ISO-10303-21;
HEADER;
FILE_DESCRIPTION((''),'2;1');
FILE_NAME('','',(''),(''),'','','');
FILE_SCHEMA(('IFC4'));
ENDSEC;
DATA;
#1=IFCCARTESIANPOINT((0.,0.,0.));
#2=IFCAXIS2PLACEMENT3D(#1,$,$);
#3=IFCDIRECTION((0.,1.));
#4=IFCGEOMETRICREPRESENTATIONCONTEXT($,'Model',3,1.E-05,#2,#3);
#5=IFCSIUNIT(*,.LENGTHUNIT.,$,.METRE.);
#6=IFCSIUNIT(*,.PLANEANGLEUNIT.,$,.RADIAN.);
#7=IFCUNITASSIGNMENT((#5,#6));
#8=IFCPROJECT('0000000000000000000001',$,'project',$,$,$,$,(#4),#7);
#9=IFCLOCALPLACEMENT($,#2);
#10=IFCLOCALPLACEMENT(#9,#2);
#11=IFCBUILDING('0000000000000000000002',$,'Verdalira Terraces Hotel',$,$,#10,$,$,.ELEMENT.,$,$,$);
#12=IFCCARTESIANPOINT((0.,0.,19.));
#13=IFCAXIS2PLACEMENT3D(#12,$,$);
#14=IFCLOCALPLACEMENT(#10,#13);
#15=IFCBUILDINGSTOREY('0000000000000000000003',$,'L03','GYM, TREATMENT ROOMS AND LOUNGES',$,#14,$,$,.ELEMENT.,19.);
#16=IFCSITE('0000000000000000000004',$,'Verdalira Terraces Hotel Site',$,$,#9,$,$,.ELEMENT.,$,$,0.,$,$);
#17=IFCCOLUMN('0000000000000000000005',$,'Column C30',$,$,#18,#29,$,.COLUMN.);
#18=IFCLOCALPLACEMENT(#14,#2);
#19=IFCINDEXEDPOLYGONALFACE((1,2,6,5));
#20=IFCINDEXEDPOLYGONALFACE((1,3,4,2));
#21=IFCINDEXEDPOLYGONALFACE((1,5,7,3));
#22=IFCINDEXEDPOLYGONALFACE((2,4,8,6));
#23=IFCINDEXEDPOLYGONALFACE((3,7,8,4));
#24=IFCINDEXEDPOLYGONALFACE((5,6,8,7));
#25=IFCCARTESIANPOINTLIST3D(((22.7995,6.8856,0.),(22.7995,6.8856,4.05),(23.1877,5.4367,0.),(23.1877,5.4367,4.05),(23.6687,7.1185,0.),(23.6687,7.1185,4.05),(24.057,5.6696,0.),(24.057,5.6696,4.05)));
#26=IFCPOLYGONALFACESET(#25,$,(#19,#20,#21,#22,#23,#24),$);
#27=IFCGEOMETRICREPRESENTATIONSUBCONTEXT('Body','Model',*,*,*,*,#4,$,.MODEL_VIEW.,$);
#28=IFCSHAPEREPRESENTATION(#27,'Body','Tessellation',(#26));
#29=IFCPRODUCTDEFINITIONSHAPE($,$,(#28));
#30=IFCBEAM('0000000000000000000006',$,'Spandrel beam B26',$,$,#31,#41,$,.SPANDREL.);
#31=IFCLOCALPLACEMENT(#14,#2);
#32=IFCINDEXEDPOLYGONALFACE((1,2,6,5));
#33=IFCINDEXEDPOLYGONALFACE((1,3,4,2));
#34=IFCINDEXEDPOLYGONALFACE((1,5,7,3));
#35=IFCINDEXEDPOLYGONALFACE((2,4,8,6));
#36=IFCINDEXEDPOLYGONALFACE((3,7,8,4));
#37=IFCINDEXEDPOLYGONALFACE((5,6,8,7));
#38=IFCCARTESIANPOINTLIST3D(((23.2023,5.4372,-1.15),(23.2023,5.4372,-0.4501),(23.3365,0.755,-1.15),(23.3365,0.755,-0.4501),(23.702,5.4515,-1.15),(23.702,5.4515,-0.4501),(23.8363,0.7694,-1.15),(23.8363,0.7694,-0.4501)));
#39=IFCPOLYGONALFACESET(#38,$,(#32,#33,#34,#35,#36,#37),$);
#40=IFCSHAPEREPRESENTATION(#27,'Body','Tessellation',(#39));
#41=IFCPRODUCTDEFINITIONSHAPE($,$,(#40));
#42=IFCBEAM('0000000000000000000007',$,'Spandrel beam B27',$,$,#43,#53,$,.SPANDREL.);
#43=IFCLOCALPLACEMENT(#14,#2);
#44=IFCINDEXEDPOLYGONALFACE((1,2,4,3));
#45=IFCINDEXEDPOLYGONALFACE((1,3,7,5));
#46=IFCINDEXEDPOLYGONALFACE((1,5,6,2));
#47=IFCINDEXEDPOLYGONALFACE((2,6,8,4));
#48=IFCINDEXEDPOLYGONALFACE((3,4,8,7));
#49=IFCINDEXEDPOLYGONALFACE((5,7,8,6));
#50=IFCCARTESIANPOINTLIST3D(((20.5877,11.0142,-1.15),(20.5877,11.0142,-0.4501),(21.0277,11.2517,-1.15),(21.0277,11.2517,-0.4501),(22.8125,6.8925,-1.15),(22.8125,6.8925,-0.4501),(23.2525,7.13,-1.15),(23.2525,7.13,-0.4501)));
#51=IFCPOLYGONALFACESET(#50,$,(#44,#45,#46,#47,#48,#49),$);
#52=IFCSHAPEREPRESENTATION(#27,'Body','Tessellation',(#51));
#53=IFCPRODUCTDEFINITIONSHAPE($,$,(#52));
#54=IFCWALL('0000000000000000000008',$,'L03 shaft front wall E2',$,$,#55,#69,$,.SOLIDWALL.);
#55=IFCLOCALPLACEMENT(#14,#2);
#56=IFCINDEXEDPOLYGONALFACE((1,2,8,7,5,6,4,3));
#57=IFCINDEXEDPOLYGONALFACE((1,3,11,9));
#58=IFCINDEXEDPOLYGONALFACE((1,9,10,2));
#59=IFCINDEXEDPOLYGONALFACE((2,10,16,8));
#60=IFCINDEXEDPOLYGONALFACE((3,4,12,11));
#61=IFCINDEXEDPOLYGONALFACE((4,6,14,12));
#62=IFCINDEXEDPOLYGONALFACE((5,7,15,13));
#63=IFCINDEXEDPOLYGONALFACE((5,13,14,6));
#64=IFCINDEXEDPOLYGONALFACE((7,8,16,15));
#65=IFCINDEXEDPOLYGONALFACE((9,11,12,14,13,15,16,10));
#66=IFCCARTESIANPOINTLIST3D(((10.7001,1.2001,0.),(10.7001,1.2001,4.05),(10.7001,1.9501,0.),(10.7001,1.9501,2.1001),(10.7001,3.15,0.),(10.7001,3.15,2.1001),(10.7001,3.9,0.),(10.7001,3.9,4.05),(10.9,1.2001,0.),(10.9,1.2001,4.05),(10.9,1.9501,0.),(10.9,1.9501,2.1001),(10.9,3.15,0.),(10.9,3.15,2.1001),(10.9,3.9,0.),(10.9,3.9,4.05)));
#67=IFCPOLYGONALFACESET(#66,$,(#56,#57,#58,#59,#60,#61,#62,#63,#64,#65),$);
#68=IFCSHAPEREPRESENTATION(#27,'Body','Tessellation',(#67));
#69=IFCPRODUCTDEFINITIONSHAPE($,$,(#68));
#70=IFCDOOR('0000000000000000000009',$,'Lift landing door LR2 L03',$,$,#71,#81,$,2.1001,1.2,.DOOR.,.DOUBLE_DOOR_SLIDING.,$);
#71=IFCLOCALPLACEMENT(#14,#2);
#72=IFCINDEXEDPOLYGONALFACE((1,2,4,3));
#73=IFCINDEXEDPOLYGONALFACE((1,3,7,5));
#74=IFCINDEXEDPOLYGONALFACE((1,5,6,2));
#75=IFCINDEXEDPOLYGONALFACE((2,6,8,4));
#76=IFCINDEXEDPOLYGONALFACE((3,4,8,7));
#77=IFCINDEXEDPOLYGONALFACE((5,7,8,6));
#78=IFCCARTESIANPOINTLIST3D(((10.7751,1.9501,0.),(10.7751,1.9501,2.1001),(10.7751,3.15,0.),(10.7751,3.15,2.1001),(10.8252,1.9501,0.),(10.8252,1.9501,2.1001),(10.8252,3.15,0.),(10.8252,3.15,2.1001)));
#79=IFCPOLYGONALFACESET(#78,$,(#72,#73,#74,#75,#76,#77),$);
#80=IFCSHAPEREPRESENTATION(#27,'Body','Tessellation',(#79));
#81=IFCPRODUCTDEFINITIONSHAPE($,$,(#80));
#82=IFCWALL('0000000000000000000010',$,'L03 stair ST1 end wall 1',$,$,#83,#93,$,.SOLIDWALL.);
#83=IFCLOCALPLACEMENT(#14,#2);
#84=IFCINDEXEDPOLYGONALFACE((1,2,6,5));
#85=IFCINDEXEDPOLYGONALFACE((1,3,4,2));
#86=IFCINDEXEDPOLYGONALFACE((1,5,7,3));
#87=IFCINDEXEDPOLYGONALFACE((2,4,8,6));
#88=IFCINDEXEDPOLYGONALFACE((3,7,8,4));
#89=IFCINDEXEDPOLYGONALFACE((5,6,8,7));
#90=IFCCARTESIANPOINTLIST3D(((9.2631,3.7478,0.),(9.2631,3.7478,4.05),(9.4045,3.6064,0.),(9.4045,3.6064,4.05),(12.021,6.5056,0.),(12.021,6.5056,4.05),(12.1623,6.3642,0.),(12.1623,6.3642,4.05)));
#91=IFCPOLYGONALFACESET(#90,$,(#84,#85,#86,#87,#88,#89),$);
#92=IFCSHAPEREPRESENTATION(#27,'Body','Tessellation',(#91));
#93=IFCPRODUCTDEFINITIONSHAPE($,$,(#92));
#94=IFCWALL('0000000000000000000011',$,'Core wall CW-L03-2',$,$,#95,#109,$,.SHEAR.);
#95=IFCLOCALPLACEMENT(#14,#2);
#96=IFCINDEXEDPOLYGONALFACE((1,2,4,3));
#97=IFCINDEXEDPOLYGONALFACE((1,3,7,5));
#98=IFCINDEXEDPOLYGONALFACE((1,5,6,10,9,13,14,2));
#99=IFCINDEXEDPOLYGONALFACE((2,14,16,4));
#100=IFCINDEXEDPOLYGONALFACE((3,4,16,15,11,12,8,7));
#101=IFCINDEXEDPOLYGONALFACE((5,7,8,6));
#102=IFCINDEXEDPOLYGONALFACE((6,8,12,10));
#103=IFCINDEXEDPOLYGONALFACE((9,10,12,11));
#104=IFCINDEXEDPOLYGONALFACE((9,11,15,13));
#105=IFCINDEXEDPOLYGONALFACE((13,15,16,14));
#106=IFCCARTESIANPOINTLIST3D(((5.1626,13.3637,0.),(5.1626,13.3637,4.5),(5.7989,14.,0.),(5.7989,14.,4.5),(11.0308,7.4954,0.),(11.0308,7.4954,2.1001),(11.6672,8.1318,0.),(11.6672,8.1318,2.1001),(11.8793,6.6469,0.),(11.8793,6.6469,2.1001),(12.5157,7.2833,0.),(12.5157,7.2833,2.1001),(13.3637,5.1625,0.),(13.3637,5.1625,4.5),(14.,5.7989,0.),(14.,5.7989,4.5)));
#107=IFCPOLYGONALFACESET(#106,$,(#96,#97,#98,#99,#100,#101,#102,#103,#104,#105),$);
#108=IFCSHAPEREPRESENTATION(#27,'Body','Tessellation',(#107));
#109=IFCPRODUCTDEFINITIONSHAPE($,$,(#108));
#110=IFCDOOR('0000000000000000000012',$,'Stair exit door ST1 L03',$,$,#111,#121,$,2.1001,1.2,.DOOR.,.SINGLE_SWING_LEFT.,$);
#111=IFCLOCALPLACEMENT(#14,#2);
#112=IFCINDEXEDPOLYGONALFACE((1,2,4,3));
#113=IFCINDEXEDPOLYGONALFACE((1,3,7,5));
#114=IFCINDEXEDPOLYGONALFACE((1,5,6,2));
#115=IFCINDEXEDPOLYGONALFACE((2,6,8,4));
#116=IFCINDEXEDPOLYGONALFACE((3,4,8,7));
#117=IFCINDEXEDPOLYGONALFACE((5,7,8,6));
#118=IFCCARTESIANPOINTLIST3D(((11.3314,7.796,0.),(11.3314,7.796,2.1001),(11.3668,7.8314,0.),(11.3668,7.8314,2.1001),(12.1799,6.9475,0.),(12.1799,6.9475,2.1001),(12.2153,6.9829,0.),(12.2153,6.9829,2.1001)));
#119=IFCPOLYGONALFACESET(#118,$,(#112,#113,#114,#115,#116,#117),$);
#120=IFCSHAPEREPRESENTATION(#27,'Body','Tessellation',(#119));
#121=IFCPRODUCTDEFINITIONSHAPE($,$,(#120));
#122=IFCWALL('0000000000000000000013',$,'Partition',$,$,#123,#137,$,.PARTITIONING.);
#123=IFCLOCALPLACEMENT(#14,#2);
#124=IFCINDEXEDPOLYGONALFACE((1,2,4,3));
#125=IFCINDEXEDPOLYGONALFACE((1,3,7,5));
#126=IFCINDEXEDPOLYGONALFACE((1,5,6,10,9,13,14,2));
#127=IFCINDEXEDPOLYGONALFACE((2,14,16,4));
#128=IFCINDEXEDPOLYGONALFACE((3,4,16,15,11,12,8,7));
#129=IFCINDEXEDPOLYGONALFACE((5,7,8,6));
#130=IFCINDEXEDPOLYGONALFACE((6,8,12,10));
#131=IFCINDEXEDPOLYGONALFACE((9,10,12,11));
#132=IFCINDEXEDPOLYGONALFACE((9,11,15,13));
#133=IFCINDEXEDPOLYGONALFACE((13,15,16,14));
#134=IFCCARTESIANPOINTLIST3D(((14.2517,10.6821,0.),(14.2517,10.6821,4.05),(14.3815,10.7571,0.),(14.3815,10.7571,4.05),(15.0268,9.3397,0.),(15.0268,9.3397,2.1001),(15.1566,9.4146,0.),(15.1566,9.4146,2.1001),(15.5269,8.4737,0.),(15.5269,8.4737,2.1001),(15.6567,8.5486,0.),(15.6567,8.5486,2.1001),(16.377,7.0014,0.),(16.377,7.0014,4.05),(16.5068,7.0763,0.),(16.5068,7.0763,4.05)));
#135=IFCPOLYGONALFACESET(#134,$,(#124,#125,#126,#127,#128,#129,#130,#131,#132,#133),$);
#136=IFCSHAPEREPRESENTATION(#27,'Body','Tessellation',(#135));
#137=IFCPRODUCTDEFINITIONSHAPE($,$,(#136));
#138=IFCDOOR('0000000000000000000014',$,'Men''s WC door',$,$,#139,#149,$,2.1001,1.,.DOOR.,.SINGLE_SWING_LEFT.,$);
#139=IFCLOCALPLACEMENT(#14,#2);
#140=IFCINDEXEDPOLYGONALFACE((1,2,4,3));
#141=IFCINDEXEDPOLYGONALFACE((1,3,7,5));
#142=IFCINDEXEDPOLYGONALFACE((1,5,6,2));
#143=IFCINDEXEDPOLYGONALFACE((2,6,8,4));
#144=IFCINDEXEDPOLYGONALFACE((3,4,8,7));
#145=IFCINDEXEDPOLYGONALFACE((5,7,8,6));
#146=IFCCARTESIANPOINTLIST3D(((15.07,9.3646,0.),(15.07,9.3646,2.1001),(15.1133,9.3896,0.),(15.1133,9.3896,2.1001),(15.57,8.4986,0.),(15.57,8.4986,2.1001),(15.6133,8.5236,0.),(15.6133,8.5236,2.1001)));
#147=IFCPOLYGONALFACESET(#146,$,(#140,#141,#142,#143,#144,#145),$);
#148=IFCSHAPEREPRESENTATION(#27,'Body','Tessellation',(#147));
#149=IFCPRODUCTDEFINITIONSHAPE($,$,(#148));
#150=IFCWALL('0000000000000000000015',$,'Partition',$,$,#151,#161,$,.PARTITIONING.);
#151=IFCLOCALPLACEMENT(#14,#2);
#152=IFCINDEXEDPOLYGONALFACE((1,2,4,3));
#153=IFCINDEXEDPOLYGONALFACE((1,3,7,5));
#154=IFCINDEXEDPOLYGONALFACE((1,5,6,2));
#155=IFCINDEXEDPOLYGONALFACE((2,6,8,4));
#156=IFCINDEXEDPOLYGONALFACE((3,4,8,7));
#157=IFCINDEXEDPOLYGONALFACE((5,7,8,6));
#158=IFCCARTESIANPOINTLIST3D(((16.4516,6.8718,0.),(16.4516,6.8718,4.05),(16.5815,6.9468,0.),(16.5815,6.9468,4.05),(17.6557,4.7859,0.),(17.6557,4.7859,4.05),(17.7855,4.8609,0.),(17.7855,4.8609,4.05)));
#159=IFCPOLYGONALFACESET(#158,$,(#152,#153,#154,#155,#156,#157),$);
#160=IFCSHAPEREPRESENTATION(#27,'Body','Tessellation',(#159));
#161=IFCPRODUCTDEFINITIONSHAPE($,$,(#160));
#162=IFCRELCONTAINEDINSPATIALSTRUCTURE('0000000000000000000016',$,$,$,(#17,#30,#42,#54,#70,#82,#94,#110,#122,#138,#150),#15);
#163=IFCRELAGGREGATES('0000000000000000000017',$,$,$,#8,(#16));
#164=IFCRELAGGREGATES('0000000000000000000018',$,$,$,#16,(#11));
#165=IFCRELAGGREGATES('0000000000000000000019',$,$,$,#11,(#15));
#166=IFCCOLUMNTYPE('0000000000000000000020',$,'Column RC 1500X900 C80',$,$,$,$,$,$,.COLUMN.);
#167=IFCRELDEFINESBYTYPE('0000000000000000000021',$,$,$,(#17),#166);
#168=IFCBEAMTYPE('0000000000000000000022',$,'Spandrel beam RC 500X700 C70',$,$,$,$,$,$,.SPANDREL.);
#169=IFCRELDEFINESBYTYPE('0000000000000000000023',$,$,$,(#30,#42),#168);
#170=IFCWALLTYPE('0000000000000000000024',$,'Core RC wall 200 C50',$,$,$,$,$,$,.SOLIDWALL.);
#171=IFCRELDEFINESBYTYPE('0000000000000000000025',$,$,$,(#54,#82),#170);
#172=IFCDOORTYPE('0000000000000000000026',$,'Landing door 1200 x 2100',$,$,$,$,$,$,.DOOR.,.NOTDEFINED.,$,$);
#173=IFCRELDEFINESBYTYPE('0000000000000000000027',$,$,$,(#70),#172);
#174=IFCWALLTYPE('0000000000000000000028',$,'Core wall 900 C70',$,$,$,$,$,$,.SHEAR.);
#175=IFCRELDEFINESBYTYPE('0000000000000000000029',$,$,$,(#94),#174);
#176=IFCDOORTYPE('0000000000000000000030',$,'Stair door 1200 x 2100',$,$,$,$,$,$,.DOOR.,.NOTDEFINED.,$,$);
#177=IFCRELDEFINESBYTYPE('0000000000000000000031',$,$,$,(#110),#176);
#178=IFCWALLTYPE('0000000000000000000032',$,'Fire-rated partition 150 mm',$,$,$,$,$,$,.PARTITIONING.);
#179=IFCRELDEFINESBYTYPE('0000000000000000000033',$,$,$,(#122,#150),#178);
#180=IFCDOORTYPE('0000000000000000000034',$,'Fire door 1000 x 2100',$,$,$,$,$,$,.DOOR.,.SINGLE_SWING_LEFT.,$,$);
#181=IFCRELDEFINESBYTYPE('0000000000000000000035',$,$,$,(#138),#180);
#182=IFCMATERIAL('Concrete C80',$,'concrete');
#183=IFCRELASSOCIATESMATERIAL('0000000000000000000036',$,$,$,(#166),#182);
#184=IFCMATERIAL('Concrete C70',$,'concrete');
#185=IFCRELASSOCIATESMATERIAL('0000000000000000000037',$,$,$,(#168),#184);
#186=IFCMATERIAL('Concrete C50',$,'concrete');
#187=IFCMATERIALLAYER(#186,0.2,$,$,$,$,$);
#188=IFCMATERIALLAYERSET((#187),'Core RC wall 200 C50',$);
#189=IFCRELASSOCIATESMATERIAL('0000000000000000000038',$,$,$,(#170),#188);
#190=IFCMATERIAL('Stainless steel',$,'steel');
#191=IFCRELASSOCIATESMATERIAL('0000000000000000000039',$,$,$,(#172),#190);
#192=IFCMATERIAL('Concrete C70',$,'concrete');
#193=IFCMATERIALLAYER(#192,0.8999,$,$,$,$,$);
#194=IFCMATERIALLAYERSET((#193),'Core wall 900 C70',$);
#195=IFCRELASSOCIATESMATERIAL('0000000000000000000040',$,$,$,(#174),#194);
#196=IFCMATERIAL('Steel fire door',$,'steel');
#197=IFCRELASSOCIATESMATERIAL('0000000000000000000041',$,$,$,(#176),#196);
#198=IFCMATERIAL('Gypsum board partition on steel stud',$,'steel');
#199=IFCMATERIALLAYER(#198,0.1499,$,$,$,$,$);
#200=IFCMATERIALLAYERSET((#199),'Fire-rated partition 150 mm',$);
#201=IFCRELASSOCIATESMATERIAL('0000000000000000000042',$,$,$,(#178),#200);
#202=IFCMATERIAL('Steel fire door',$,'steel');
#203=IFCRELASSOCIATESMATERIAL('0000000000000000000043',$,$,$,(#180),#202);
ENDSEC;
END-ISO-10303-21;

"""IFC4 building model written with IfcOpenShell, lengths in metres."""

from ifc_helpers import new_model, si_unit, direction, frame, frame_2d, origin, origin_2d, place, context, subcontext, project, spatial, rectangle, extrude, material, layer, layer_set, material_profile, profile_set, type_object, element, fill, save


model = new_model("IFC4")

# Units and contexts
model_context = context("Model", 3, precision=1e-05, world=origin(), true_north=direction((0.0, 1.0)))
body_context = subcontext(model_context, "Body", "Model", "MODEL_VIEW")
ifc_project = project(units=[si_unit("LENGTHUNIT", "METRE"), si_unit("PLANEANGLEUNIT", "RADIAN")], contexts=[model_context])

# Site, building, storey
site_placement = place(None, origin())
site = spatial("IfcSite", under=ifc_project, at=site_placement, Name="Verdalira Terraces Hotel Site", CompositionType="ELEMENT", RefElevation=0.0)
building_placement = place(site_placement, origin())
building = spatial("IfcBuilding", under=site, at=building_placement, Name="Verdalira Terraces Hotel", CompositionType="ELEMENT")
storey_placement = place(building_placement, frame((0.0, 0.0, 19.0)))
storey = spatial("IfcBuildingStorey", under=building, at=storey_placement, Name="L03", Description="GYM, TREATMENT ROOMS AND LOUNGES", CompositionType="ELEMENT", Elevation=19.0)

# Column
ifc_material_1 = material(Name="Concrete C80", Category="concrete")
ifc_material_profile_1 = material_profile(ifc_material_1, rectangle(XDim=1.5, YDim=0.8999, at=origin_2d()), Name="RC 1500X900")
ifc_profile_set_1 = profile_set([ifc_material_profile_1], Name="Concrete C80")
column_type = type_object("IfcColumnType", Name="Column RC 1500X900 C80", PredefinedType="COLUMN", material=ifc_profile_set_1)
column_placement = place(storey_placement, frame((23.4282, 6.2776, 0.0), z_axis=(0.0, 0.0, 1.0), x_axis=(0.258819, -0.965926, 0.0)))
element("IfcColumn", 1, at=column_placement, inside=storey, type_object=column_type, Name="Column C30", PredefinedType="COLUMN", context=body_context, shape_type="SweptSolid", body=[
    extrude(rectangle(XDim=1.5, YDim=0.8999, at=origin_2d()), origin(), (0.0, 0.0, 1.0), 4.05),
])

# Beams
ifc_material_2 = material(Name="Concrete C70", Category="concrete")
ifc_material_profile_2 = material_profile(ifc_material_2, rectangle(XDim=0.5, YDim=0.7, at=origin_2d()), Name="RC 500X700")
ifc_profile_set_2 = profile_set([ifc_material_profile_2], Name="Concrete C70")
beam_type = type_object("IfcBeamType", Name="Spandrel beam RC 500X700 C70", PredefinedType="SPANDREL", material=ifc_profile_set_2)
beam_1_placement = place(storey_placement, frame((23.5864, 0.7622, -0.8), z_axis=(-0.028667, 0.999589, 0.0), x_axis=(-0.999589, -0.028667, 0.0)))
element("IfcBeam", 2, at=beam_1_placement, inside=storey, type_object=beam_type, Name="Spandrel beam B26", PredefinedType="SPANDREL", context=body_context, shape_type="SweptSolid", body=[
    extrude(rectangle(XDim=0.5, YDim=0.7, at=origin_2d()), origin(), (0.0, 0.0, 1.0), 4.6841),
])
beam_2_placement = place(storey_placement, frame((23.0325, 7.0112, -0.8), z_axis=(-0.474995, 0.879989, 0.0), x_axis=(-0.879989, -0.474995, 0.0)))
element("IfcBeam", 3, at=beam_2_placement, inside=storey, type_object=beam_type, Name="Spandrel beam B27", PredefinedType="SPANDREL", context=body_context, shape_type="SweptSolid", body=[
    extrude(rectangle(XDim=0.5, YDim=0.7, at=origin_2d()), origin(), (0.0, 0.0, 1.0), 4.6838),
])

# Wall, opening, door
ifc_material_3 = material(Name="Concrete C50", Category="concrete")
ifc_layer_1 = layer(ifc_material_3, 0.2)
ifc_layer_set_1 = layer_set([ifc_layer_1], Name="Core RC wall 200 C50")
wall_type_1 = type_object("IfcWallType", Name="Core RC wall 200 C50", PredefinedType="SOLIDWALL", material=ifc_layer_set_1)
wall_1_placement = place(storey_placement, frame((10.8, 1.2, 0.0), z_axis=(0.0, 0.0, 1.0), x_axis=(0.0, 1.0, 0.0)))
wall_1 = element("IfcWall", 4, at=wall_1_placement, inside=storey, type_object=wall_type_1, Name="L03 shaft front wall E2", PredefinedType="SOLIDWALL", context=body_context, shape_type="SweptSolid", body=[
    extrude(rectangle(XDim=2.7, YDim=0.2, at=frame_2d((1.3501, 0.0))), origin(), (0.0, 0.0, 1.0), 4.05),
])
opening_1_placement = place(wall_1_placement, frame((0.75, 0.0, 0.0)))
opening_1 = element("IfcOpeningElement", 5, at=opening_1_placement, cuts=wall_1, PredefinedType="OPENING", context=body_context, shape_type="SweptSolid", body=[
    extrude(rectangle(XDim=1.2, YDim=2.1001, at=frame_2d((0.6001, 1.05))), frame((0.0, 0.1099, 0.0), z_axis=(0.0, -1.0, 0.0), x_axis=(1.0, 0.0, 0.0)), (0.0, 0.0, 1.0), 0.22),
])
ifc_material_4 = material(Name="Stainless steel", Category="steel")
door_type_1 = type_object("IfcDoorType", Name="Landing door 1200 x 2100", OperationType="NOTDEFINED", PredefinedType="DOOR", material=ifc_material_4)
door_1_placement = place(opening_1_placement, origin())
door_1 = element("IfcDoor", 6, at=door_1_placement, inside=storey, type_object=door_type_1, Name="Lift landing door LR2 L03", OperationType="DOUBLE_DOOR_SLIDING", OverallHeight=2.1001, OverallWidth=1.2, PredefinedType="DOOR", context=body_context, shape_type="SweptSolid", body=[
    extrude(rectangle(XDim=1.2, YDim=2.1001, at=frame_2d((0.6001, 1.05))), frame((0.0, 0.0249, 0.0), z_axis=(0.0, -1.0, 0.0), x_axis=(1.0, 0.0, 0.0)), (0.0, 0.0, 1.0), 0.05),
])
fill(opening_1, door_1)

# Wall
wall_2_placement = place(storey_placement, frame((9.3337, 3.677, 0.0), z_axis=(0.0, 0.0, 1.0), x_axis=(0.707107, 0.707107, 0.0)))
element("IfcWall", 7, at=wall_2_placement, inside=storey, type_object=wall_type_1, Name="L03 stair ST1 end wall 1", PredefinedType="SOLIDWALL", context=body_context, shape_type="SweptSolid", body=[
    extrude(rectangle(XDim=3.9001, YDim=0.2, at=frame_2d((1.9502, 0.0))), origin(), (0.0, 0.0, 1.0), 4.05),
])

# Walls, openings, doors
ifc_material_5 = material(Name="Concrete C70", Category="concrete")
ifc_layer_2 = layer(ifc_material_5, 0.8999)
ifc_layer_set_2 = layer_set([ifc_layer_2], Name="Core wall 900 C70")
wall_type_2 = type_object("IfcWallType", Name="Core wall 900 C70", PredefinedType="SHEAR", material=ifc_layer_set_2)
wall_3_placement = place(storey_placement, frame((13.6819, 5.4807, 0.0), z_axis=(0.0, 0.0, 1.0), x_axis=(-0.707107, 0.707107, 0.0)))
wall_3 = element("IfcWall", 8, at=wall_3_placement, inside=storey, type_object=wall_type_2, Name="Core wall CW-L03-2", PredefinedType="SHEAR", context=body_context, shape_type="SweptSolid", body=[
    extrude(rectangle(XDim=11.5981, YDim=0.8999, at=frame_2d((5.7991, 0.0))), origin(), (0.0, 0.0, 1.0), 4.5),
])
opening_2_placement = place(wall_3_placement, frame((2.0991, 0.0, 0.0)))
opening_2 = element("IfcOpeningElement", 9, at=opening_2_placement, cuts=wall_3, PredefinedType="OPENING", context=body_context, shape_type="SweptSolid", body=[
    extrude(rectangle(XDim=1.2, YDim=2.1001, at=frame_2d((0.6001, 1.05))), frame((0.0, 0.46, 0.0), z_axis=(0.0, -1.0, 0.0), x_axis=(1.0, 0.0, 0.0)), (0.0, 0.0, 1.0), 0.9199),
])
ifc_material_6 = material(Name="Steel fire door", Category="steel")
door_type_2 = type_object("IfcDoorType", Name="Stair door 1200 x 2100", OperationType="NOTDEFINED", PredefinedType="DOOR", material=ifc_material_6)
door_2_placement = place(opening_2_placement, origin())
door_2 = element("IfcDoor", 10, at=door_2_placement, inside=storey, type_object=door_type_2, Name="Stair exit door ST1 L03", OperationType="SINGLE_SWING_LEFT", OverallHeight=2.1001, OverallWidth=1.2, PredefinedType="DOOR", context=body_context, shape_type="SweptSolid", body=[
    extrude(rectangle(XDim=1.2, YDim=2.1001, at=frame_2d((0.6001, 1.05))), frame((0.0, 0.0249, 0.0), z_axis=(0.0, -1.0, 0.0), x_axis=(1.0, 0.0, 0.0)), (0.0, 0.0, 1.0), 0.05),
])
fill(opening_2, door_2)
ifc_material_7 = material(Name="Gypsum board partition on steel stud", Category="steel")
ifc_layer_3 = layer(ifc_material_7, 0.1499)
ifc_layer_set_3 = layer_set([ifc_layer_3], Name="Fire-rated partition 150 mm")
wall_type_3 = type_object("IfcWallType", Name="Fire-rated partition 150 mm", PredefinedType="PARTITIONING", material=ifc_layer_set_3)
wall_4_placement = place(storey_placement, frame((14.3166, 10.7195, 0.0), z_axis=(0.0, 0.0, 1.0), x_axis=(0.500037, -0.866004, 0.0)))
wall_4 = element("IfcWall", 11, at=wall_4_placement, inside=storey, type_object=wall_type_3, Name="Partition", PredefinedType="PARTITIONING", context=body_context, shape_type="SweptSolid", body=[
    extrude(rectangle(XDim=4.2502, YDim=0.1499, at=frame_2d((2.125, 0.0))), origin(), (0.0, 0.0, 1.0), 4.05),
])
opening_3_placement = place(wall_4_placement, frame((1.55, 0.0, 0.0)))
opening_3 = element("IfcOpeningElement", 12, at=opening_3_placement, cuts=wall_4, PredefinedType="OPENING", context=body_context, shape_type="SweptSolid", body=[
    extrude(rectangle(XDim=1.0, YDim=2.1001, at=frame_2d((0.5, 1.05))), frame((0.0, 0.085, 0.0), z_axis=(0.0, -1.0, 0.0), x_axis=(1.0, 0.0, 0.0)), (0.0, 0.0, 1.0), 0.1699),
])
ifc_material_8 = material(Name="Steel fire door", Category="steel")
door_type_3 = type_object("IfcDoorType", Name="Fire door 1000 x 2100", OperationType="SINGLE_SWING_LEFT", PredefinedType="DOOR", material=ifc_material_8)
door_3_placement = place(opening_3_placement, origin())
door_3 = element("IfcDoor", 13, at=door_3_placement, inside=storey, type_object=door_type_3, Name="Men's WC door", OperationType="SINGLE_SWING_LEFT", OverallHeight=2.1001, OverallWidth=1.0, PredefinedType="DOOR", context=body_context, shape_type="SweptSolid", body=[
    extrude(rectangle(XDim=1.0, YDim=2.1001, at=frame_2d((0.5, 1.05))), frame((0.0, 0.0249, 0.0), z_axis=(0.0, -1.0, 0.0), x_axis=(1.0, 0.0, 0.0)), (0.0, 0.0, 1.0), 0.05),
])
fill(opening_3, door_3)

# Wall
wall_5_placement = place(storey_placement, frame((16.5166, 6.9092, 0.0), z_axis=(0.0, 0.0, 1.0), x_axis=(0.499933, -0.866064, 0.0)))
element("IfcWall", 14, at=wall_5_placement, inside=storey, type_object=wall_type_3, Name="Partition", PredefinedType="PARTITIONING", context=body_context, shape_type="SweptSolid", body=[
    extrude(rectangle(XDim=2.4084, YDim=0.1499, at=frame_2d((1.2041, 0.0))), origin(), (0.0, 0.0, 1.0), 4.05),
])

save(model, "model.ifc")
